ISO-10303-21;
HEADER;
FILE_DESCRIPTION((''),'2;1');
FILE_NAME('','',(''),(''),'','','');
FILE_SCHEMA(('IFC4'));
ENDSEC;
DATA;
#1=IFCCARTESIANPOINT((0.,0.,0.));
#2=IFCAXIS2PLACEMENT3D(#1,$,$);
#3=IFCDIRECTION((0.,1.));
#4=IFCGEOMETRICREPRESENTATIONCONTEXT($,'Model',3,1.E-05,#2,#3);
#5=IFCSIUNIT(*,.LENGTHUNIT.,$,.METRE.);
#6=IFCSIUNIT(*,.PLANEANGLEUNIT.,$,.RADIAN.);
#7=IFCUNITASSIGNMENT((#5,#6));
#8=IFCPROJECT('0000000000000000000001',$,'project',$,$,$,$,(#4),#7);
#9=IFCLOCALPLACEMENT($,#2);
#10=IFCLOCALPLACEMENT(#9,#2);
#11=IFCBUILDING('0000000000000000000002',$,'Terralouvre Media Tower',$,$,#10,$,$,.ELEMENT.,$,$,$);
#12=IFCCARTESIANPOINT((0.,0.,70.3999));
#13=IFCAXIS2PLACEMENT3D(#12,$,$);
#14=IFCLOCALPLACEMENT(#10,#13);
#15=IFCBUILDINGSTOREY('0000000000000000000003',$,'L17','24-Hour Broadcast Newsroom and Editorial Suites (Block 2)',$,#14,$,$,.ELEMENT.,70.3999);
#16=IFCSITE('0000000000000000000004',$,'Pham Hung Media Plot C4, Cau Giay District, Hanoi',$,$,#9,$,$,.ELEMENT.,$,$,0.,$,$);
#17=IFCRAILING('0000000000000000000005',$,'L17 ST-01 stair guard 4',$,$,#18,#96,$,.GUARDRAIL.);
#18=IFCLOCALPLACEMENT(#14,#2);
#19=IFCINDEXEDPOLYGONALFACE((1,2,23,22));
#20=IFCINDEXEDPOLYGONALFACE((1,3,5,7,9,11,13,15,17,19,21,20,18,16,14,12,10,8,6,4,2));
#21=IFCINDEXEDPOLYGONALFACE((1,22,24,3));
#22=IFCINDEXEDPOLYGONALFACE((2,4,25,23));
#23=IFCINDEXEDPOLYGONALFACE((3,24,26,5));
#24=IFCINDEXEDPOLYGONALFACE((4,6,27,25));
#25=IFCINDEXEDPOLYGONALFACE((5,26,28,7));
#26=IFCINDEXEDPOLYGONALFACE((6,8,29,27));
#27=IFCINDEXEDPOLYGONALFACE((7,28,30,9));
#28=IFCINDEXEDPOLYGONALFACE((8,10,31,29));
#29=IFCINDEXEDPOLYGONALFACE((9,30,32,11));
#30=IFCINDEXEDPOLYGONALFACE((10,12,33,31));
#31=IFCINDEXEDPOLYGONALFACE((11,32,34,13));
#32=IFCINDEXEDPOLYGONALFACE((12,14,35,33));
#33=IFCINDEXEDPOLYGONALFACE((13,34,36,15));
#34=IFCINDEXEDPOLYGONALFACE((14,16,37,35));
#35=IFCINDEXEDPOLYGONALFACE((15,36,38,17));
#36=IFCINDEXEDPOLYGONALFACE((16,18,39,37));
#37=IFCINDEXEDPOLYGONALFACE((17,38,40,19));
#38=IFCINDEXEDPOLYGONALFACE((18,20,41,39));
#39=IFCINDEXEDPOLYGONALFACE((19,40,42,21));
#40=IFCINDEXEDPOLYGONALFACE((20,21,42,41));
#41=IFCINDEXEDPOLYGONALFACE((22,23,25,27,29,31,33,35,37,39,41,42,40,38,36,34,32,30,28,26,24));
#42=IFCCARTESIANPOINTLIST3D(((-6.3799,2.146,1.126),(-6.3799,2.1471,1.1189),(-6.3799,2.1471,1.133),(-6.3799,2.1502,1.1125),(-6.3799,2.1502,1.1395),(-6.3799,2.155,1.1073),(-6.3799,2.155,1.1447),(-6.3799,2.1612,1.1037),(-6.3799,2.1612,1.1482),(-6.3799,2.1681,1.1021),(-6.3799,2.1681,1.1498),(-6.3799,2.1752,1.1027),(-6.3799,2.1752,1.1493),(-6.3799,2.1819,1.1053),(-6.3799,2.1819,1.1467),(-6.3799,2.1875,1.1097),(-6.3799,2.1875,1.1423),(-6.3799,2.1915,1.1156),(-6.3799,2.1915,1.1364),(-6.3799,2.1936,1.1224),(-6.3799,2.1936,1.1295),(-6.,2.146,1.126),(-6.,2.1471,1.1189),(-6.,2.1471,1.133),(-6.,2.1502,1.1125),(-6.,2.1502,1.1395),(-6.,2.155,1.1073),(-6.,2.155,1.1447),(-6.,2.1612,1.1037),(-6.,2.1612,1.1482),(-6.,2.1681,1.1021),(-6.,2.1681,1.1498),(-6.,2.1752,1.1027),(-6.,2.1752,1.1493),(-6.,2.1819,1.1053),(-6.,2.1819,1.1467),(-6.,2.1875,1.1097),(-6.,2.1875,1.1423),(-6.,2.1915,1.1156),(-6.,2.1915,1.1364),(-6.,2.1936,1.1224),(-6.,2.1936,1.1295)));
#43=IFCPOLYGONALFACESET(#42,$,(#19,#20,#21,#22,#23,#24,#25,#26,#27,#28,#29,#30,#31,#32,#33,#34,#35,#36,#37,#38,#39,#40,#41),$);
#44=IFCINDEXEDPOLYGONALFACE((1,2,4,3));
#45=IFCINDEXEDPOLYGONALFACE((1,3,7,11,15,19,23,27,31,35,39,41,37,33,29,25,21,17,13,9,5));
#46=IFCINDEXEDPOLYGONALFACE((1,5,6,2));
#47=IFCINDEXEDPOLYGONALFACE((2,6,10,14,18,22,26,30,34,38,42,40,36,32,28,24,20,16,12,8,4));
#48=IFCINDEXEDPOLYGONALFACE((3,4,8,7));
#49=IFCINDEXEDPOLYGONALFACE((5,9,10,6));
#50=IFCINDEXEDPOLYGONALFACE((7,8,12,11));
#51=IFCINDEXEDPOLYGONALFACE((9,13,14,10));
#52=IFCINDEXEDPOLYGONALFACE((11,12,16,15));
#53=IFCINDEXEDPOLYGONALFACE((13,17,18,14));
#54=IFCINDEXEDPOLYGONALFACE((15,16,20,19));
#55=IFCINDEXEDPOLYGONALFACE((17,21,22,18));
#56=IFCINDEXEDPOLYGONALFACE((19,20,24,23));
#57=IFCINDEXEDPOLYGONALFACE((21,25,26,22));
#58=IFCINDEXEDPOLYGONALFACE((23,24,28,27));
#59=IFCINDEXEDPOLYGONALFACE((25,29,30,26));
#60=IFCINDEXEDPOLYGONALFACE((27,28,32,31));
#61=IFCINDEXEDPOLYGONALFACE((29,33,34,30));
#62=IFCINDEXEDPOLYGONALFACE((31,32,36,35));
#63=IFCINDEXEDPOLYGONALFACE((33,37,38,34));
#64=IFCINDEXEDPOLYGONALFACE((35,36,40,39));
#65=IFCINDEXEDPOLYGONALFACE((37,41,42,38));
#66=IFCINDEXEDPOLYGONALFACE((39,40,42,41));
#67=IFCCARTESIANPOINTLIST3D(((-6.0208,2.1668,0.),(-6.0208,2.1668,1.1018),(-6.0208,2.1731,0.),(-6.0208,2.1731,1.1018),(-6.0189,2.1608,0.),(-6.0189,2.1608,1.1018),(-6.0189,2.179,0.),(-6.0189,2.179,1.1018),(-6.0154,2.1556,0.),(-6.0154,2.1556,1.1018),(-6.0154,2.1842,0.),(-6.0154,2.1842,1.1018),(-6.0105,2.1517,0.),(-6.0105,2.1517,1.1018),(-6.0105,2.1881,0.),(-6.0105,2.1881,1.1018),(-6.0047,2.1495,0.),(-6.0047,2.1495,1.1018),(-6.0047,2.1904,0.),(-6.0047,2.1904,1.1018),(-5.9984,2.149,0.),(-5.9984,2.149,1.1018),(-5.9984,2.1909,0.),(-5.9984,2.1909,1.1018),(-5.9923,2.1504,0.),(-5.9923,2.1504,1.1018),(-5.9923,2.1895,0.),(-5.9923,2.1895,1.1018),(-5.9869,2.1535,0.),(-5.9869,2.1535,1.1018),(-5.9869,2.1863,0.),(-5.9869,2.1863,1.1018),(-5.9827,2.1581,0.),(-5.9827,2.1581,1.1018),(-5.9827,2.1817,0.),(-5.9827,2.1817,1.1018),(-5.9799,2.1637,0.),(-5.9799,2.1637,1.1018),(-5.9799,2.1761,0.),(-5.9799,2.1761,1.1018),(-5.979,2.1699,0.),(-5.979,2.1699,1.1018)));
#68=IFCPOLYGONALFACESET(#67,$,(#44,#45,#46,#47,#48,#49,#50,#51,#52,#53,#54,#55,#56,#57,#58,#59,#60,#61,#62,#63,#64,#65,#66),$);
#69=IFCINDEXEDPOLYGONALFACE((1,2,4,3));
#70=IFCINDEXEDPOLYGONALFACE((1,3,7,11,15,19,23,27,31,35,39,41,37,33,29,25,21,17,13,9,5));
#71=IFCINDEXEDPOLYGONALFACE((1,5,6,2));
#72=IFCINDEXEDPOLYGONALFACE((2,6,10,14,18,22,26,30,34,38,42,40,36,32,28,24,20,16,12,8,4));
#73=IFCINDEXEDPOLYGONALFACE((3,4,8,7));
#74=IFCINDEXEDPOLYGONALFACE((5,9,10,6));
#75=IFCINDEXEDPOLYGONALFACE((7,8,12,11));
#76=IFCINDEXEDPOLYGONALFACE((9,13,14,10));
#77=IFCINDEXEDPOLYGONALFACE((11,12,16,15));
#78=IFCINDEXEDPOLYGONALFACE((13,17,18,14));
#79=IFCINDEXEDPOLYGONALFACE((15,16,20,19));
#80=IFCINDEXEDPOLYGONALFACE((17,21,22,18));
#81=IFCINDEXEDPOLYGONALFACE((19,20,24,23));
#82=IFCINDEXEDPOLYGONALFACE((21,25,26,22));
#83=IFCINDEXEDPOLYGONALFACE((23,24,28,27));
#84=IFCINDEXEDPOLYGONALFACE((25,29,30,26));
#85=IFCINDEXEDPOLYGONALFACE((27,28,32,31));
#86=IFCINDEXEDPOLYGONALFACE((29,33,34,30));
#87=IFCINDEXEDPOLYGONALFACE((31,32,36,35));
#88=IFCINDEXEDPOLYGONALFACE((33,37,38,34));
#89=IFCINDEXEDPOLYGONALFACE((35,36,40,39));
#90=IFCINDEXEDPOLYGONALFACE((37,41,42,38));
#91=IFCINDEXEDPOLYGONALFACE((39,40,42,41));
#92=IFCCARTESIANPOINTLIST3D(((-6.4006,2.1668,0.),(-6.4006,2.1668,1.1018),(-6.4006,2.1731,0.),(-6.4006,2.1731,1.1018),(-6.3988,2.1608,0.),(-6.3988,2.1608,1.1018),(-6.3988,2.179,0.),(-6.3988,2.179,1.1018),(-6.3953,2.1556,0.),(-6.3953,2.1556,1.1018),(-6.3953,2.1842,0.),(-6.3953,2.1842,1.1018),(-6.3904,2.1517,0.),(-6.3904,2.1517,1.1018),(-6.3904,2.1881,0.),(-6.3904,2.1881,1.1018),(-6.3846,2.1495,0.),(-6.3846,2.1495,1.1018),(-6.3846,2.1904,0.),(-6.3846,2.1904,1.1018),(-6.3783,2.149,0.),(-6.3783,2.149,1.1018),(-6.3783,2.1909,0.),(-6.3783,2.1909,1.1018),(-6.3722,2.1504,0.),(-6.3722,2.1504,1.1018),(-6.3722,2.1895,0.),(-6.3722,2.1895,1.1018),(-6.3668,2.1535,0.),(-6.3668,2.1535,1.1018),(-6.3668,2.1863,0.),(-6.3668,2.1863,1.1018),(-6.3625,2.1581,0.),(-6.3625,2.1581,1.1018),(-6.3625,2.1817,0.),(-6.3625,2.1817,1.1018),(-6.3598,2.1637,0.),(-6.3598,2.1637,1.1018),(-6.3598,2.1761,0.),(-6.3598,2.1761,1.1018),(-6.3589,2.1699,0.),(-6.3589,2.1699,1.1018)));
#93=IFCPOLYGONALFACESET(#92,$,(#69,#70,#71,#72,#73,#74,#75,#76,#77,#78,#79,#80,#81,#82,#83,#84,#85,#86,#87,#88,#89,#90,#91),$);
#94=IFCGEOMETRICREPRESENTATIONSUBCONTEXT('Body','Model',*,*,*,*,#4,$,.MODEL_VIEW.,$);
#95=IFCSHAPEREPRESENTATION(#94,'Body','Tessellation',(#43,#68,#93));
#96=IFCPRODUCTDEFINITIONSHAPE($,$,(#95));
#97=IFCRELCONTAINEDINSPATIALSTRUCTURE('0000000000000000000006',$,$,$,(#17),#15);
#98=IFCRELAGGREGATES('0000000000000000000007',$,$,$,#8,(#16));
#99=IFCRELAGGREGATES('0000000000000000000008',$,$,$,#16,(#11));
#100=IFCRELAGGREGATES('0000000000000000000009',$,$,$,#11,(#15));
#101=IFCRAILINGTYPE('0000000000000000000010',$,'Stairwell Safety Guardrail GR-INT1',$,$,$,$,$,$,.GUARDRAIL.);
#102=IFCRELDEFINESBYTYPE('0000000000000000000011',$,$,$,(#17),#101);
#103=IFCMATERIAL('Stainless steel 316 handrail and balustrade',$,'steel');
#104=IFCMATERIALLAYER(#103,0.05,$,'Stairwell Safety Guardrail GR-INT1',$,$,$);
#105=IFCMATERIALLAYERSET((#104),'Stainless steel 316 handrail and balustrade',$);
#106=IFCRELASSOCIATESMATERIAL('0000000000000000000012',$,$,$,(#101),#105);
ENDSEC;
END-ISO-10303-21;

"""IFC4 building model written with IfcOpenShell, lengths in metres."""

from ifc_helpers import new_model, si_unit, direction, frame, origin, origin_2d, place, context, subcontext, project, spatial, circle, extrude, material, layer, layer_set, type_object, element, save


model = new_model("IFC4")

# Units and contexts
model_context = context("Model", 3, precision=1e-05, world=origin(), true_north=direction((0.0, 1.0)))
body_context = subcontext(model_context, "Body", "Model", "MODEL_VIEW")
ifc_project = project(units=[si_unit("LENGTHUNIT", "METRE"), si_unit("PLANEANGLEUNIT", "RADIAN")], contexts=[model_context])

# Site, building, storey
site_placement = place(None, origin())
site = spatial("IfcSite", under=ifc_project, at=site_placement, Name="Pham Hung Media Plot C4, Cau Giay District, Hanoi", CompositionType="ELEMENT", RefElevation=0.0)
building_placement = place(site_placement, origin())
building = spatial("IfcBuilding", under=site, at=building_placement, Name="Terralouvre Media Tower", CompositionType="ELEMENT")
storey_placement = place(building_placement, frame((0.0, 0.0, 70.3999)))
storey = spatial("IfcBuildingStorey", under=building, at=storey_placement, Name="L17", Description="24-Hour Broadcast Newsroom and Editorial Suites (Block 2)", CompositionType="ELEMENT", Elevation=70.3999)

# Railing
ifc_material_1 = material(Name="Stainless steel 316 handrail and balustrade", Category="steel")
ifc_layer_1 = layer(ifc_material_1, 0.05, Name="Stairwell Safety Guardrail GR-INT1")
ifc_layer_set_1 = layer_set([ifc_layer_1], Name="Stainless steel 316 handrail and balustrade")
railing_type_1 = type_object("IfcRailingType", Name="Stairwell Safety Guardrail GR-INT1", PredefinedType="GUARDRAIL", material=ifc_layer_set_1)
railing_1_placement = place(storey_placement, frame((-6.0, 2.1699, 0.0)))
element("IfcRailing", 1, at=railing_1_placement, inside=storey, type_object=railing_type_1, Name="L17 ST-01 stair guard 4", PredefinedType="GUARDRAIL", context=body_context, shape_type="SweptSolid", body=[
    extrude(circle(Radius=0.0239, at=origin_2d()), frame((0.0, 0.0, 1.126), z_axis=(-1.0, 0.0, 0.0), x_axis=(0.0, -1.0, 0.0)), (0.0, 0.0, 1.0), 0.3799),
    extrude(circle(Radius=0.021, at=origin_2d()), origin(), (0.0, 0.0, 1.0), 1.1018),
    extrude(circle(Radius=0.021, at=origin_2d()), frame((-0.3799, 0.0, 0.0)), (0.0, 0.0, 1.0), 1.1018),
])

save(model, "model.ifc")
